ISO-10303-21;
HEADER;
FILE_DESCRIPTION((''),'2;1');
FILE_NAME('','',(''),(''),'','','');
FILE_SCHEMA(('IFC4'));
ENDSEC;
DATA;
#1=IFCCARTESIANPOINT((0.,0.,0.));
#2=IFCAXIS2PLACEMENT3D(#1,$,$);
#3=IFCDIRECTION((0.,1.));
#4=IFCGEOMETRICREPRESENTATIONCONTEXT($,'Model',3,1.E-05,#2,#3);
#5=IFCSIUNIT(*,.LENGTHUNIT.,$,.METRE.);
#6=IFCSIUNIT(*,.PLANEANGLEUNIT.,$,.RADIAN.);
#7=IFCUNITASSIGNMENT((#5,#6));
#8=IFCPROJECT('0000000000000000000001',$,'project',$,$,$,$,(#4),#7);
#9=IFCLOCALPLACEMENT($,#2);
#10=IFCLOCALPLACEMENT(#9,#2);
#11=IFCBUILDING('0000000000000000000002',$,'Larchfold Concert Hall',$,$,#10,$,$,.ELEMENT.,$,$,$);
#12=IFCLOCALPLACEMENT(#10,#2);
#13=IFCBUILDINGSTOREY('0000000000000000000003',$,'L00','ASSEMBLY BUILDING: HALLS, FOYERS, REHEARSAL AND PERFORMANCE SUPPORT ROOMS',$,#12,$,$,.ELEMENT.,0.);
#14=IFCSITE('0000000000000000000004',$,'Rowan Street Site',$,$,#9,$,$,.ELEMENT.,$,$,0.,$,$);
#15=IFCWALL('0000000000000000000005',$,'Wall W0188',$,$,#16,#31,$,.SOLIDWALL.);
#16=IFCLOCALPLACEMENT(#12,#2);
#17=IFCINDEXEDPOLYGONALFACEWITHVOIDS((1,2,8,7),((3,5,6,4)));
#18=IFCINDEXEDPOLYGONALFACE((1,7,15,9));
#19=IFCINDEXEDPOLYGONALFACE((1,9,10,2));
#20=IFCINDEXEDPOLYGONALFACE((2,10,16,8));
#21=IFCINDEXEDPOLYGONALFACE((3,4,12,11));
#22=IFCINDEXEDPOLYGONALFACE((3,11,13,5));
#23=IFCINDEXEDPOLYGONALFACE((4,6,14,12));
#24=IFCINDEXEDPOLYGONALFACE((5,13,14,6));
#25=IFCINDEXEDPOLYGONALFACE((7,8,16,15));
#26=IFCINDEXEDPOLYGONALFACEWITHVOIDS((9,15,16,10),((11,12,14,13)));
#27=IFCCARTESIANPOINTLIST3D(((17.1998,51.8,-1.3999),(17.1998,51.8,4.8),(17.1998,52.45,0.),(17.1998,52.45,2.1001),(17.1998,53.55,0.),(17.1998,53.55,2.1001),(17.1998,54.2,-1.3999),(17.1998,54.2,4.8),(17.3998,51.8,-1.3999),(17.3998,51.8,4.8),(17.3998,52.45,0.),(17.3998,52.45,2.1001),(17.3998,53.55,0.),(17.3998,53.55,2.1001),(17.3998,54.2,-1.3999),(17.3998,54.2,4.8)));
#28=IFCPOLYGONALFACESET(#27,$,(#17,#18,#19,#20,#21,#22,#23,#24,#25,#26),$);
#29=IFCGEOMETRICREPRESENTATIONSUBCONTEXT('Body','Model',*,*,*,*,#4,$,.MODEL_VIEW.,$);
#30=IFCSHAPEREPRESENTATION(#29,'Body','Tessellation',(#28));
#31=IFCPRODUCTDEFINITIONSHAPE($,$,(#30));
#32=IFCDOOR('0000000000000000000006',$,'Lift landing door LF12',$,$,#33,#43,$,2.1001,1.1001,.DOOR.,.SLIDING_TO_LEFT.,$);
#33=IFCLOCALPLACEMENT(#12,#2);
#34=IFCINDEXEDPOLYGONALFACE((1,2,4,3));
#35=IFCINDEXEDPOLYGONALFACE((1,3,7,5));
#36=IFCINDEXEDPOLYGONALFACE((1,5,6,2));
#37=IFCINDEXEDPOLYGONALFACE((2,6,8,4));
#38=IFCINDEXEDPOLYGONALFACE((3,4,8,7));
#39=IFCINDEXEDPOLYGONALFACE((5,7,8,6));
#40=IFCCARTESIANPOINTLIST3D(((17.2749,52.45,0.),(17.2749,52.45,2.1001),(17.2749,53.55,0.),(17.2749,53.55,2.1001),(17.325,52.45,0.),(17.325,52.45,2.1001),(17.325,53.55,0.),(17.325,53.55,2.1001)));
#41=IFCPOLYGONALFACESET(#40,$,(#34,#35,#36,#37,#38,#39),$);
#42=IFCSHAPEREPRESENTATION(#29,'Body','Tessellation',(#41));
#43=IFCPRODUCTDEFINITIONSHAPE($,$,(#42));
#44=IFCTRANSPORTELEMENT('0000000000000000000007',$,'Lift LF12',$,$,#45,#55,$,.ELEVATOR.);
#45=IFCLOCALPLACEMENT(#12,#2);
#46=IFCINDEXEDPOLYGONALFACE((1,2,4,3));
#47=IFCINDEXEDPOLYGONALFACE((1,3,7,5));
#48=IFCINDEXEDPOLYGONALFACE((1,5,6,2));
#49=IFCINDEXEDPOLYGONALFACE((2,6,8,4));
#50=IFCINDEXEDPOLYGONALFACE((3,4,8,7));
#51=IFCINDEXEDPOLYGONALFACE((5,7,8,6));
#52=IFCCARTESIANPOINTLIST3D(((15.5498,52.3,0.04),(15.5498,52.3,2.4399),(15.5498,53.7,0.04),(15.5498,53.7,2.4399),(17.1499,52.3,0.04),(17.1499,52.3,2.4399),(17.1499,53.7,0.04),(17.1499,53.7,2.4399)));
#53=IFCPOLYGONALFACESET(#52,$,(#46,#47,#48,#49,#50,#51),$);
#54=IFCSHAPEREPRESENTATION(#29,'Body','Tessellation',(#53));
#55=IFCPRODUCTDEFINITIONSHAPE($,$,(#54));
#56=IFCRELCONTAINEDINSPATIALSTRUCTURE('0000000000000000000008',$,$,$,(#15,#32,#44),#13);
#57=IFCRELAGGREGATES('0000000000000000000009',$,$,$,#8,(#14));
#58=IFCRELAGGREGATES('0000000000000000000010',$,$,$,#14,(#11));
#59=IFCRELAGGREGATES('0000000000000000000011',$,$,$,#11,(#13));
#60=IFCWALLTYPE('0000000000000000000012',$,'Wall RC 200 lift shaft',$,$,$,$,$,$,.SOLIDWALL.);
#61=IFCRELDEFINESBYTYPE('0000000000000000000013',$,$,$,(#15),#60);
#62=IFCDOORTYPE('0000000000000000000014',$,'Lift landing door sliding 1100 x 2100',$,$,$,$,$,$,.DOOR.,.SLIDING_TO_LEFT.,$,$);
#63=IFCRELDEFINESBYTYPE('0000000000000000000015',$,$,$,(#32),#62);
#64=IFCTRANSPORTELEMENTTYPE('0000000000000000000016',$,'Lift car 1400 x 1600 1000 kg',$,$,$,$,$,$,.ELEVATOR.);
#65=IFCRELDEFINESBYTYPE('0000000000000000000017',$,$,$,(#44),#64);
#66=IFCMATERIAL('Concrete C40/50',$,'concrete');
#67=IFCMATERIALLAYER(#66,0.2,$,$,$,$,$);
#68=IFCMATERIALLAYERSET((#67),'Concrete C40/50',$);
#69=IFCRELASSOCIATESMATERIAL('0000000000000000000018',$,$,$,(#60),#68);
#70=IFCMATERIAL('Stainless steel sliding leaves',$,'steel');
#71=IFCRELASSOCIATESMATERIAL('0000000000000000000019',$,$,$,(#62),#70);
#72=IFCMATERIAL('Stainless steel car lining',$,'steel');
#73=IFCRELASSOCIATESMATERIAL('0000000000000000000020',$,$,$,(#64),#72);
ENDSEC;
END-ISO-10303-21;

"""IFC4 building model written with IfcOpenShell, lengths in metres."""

from ifc_helpers import new_model, si_unit, direction, frame, frame_2d, origin, origin_2d, place, context, subcontext, project, spatial, rectangle, extrude, material, layer, layer_set, type_object, element, fill, save


model = new_model("IFC4")

# Units and contexts
model_context = context("Model", 3, precision=1e-05, world=origin(), true_north=direction((0.0, 1.0)))
body_context = subcontext(model_context, "Body", "Model", "MODEL_VIEW")
ifc_project = project(units=[si_unit("LENGTHUNIT", "METRE"), si_unit("PLANEANGLEUNIT", "RADIAN")], contexts=[model_context])

# Site, building, storey
site_placement = place(None, origin())
site = spatial("IfcSite", under=ifc_project, at=site_placement, Name="Rowan Street Site", CompositionType="ELEMENT", RefElevation=0.0)
building_placement = place(site_placement, origin())
building = spatial("IfcBuilding", under=site, at=building_placement, Name="Larchfold Concert Hall", CompositionType="ELEMENT")
storey_placement = place(building_placement, origin())
storey = spatial("IfcBuildingStorey", under=building, at=storey_placement, Name="L00", Description="ASSEMBLY BUILDING: HALLS, FOYERS, REHEARSAL AND PERFORMANCE SUPPORT ROOMS", CompositionType="ELEMENT", Elevation=0.0)

# Shared definitions
ifc_material_1 = material(Name="Concrete C40/50", Category="concrete")
ifc_layer_1 = layer(ifc_material_1, 0.2)
ifc_layer_set_1 = layer_set([ifc_layer_1], Name="Concrete C40/50")
wall_type = type_object("IfcWallType", Name="Wall RC 200 lift shaft", PredefinedType="SOLIDWALL", material=ifc_layer_set_1)

# Wall, opening, door
wall_1_placement = place(storey_placement, frame((17.2998, 51.8, -1.3999), z_axis=(0.0, 0.0, 1.0), x_axis=(0.0, 1.0, 0.0)))
wall_1 = element("IfcWall", 1, at=wall_1_placement, inside=storey, type_object=wall_type, Name="Wall W0188", PredefinedType="SOLIDWALL", context=body_context, shape_type="SweptSolid", body=[
    extrude(rectangle(XDim=2.3999, YDim=0.2, at=frame_2d((1.2, 0.0))), origin(), (0.0, 0.0, 1.0), 6.2),
])
opening_placement = place(wall_1_placement, frame((0.6499, 0.0, 1.3999)))
opening = element("IfcOpeningElement", 2, at=opening_placement, cuts=wall_1, PredefinedType="OPENING", context=body_context, shape_type="SweptSolid", body=[
    extrude(rectangle(XDim=1.1001, YDim=2.1001, at=frame_2d((0.55, 1.05))), frame((0.0, 0.1099, 0.0), z_axis=(0.0, -1.0, 0.0), x_axis=(1.0, 0.0, 0.0)), (0.0, 0.0, 1.0), 0.22),
])
ifc_material_2 = material(Name="Stainless steel sliding leaves", Category="steel")
door_type = type_object("IfcDoorType", Name="Lift landing door sliding 1100 x 2100", OperationType="SLIDING_TO_LEFT", PredefinedType="DOOR", material=ifc_material_2)
door_placement = place(opening_placement, origin())
door = element("IfcDoor", 3, at=door_placement, inside=storey, type_object=door_type, Name="Lift landing door LF12", OperationType="SLIDING_TO_LEFT", OverallHeight=2.1001, OverallWidth=1.1001, PredefinedType="DOOR", context=body_context, shape_type="SweptSolid", body=[
    extrude(rectangle(XDim=1.1001, YDim=2.1001, at=frame_2d((0.55, 1.05))), frame((0.0, 0.0249, 0.0), z_axis=(0.0, -1.0, 0.0), x_axis=(1.0, 0.0, 0.0)), (0.0, 0.0, 1.0), 0.05),
])
fill(opening, door)

# Transport element
ifc_material_3 = material(Name="Stainless steel car lining", Category="steel")
transport_element_type = type_object("IfcTransportElementType", Name="Lift car 1400 x 1600 1000 kg", PredefinedType="ELEVATOR", material=ifc_material_3)
transport_element_placement = place(storey_placement, frame((16.3499, 53.0, 0.04), z_axis=(0.0, 0.0, 1.0), x_axis=(1.0, 0.0, 0.0)))
element("IfcTransportElement", 4, at=transport_element_placement, inside=storey, type_object=transport_element_type, Name="Lift LF12", PredefinedType="ELEVATOR", context=body_context, shape_type="SweptSolid", body=[
    extrude(rectangle(XDim=1.6001, YDim=1.3999, at=origin_2d()), origin(), (0.0, 0.0, 1.0), 2.3999),
])

save(model, "model.ifc")
